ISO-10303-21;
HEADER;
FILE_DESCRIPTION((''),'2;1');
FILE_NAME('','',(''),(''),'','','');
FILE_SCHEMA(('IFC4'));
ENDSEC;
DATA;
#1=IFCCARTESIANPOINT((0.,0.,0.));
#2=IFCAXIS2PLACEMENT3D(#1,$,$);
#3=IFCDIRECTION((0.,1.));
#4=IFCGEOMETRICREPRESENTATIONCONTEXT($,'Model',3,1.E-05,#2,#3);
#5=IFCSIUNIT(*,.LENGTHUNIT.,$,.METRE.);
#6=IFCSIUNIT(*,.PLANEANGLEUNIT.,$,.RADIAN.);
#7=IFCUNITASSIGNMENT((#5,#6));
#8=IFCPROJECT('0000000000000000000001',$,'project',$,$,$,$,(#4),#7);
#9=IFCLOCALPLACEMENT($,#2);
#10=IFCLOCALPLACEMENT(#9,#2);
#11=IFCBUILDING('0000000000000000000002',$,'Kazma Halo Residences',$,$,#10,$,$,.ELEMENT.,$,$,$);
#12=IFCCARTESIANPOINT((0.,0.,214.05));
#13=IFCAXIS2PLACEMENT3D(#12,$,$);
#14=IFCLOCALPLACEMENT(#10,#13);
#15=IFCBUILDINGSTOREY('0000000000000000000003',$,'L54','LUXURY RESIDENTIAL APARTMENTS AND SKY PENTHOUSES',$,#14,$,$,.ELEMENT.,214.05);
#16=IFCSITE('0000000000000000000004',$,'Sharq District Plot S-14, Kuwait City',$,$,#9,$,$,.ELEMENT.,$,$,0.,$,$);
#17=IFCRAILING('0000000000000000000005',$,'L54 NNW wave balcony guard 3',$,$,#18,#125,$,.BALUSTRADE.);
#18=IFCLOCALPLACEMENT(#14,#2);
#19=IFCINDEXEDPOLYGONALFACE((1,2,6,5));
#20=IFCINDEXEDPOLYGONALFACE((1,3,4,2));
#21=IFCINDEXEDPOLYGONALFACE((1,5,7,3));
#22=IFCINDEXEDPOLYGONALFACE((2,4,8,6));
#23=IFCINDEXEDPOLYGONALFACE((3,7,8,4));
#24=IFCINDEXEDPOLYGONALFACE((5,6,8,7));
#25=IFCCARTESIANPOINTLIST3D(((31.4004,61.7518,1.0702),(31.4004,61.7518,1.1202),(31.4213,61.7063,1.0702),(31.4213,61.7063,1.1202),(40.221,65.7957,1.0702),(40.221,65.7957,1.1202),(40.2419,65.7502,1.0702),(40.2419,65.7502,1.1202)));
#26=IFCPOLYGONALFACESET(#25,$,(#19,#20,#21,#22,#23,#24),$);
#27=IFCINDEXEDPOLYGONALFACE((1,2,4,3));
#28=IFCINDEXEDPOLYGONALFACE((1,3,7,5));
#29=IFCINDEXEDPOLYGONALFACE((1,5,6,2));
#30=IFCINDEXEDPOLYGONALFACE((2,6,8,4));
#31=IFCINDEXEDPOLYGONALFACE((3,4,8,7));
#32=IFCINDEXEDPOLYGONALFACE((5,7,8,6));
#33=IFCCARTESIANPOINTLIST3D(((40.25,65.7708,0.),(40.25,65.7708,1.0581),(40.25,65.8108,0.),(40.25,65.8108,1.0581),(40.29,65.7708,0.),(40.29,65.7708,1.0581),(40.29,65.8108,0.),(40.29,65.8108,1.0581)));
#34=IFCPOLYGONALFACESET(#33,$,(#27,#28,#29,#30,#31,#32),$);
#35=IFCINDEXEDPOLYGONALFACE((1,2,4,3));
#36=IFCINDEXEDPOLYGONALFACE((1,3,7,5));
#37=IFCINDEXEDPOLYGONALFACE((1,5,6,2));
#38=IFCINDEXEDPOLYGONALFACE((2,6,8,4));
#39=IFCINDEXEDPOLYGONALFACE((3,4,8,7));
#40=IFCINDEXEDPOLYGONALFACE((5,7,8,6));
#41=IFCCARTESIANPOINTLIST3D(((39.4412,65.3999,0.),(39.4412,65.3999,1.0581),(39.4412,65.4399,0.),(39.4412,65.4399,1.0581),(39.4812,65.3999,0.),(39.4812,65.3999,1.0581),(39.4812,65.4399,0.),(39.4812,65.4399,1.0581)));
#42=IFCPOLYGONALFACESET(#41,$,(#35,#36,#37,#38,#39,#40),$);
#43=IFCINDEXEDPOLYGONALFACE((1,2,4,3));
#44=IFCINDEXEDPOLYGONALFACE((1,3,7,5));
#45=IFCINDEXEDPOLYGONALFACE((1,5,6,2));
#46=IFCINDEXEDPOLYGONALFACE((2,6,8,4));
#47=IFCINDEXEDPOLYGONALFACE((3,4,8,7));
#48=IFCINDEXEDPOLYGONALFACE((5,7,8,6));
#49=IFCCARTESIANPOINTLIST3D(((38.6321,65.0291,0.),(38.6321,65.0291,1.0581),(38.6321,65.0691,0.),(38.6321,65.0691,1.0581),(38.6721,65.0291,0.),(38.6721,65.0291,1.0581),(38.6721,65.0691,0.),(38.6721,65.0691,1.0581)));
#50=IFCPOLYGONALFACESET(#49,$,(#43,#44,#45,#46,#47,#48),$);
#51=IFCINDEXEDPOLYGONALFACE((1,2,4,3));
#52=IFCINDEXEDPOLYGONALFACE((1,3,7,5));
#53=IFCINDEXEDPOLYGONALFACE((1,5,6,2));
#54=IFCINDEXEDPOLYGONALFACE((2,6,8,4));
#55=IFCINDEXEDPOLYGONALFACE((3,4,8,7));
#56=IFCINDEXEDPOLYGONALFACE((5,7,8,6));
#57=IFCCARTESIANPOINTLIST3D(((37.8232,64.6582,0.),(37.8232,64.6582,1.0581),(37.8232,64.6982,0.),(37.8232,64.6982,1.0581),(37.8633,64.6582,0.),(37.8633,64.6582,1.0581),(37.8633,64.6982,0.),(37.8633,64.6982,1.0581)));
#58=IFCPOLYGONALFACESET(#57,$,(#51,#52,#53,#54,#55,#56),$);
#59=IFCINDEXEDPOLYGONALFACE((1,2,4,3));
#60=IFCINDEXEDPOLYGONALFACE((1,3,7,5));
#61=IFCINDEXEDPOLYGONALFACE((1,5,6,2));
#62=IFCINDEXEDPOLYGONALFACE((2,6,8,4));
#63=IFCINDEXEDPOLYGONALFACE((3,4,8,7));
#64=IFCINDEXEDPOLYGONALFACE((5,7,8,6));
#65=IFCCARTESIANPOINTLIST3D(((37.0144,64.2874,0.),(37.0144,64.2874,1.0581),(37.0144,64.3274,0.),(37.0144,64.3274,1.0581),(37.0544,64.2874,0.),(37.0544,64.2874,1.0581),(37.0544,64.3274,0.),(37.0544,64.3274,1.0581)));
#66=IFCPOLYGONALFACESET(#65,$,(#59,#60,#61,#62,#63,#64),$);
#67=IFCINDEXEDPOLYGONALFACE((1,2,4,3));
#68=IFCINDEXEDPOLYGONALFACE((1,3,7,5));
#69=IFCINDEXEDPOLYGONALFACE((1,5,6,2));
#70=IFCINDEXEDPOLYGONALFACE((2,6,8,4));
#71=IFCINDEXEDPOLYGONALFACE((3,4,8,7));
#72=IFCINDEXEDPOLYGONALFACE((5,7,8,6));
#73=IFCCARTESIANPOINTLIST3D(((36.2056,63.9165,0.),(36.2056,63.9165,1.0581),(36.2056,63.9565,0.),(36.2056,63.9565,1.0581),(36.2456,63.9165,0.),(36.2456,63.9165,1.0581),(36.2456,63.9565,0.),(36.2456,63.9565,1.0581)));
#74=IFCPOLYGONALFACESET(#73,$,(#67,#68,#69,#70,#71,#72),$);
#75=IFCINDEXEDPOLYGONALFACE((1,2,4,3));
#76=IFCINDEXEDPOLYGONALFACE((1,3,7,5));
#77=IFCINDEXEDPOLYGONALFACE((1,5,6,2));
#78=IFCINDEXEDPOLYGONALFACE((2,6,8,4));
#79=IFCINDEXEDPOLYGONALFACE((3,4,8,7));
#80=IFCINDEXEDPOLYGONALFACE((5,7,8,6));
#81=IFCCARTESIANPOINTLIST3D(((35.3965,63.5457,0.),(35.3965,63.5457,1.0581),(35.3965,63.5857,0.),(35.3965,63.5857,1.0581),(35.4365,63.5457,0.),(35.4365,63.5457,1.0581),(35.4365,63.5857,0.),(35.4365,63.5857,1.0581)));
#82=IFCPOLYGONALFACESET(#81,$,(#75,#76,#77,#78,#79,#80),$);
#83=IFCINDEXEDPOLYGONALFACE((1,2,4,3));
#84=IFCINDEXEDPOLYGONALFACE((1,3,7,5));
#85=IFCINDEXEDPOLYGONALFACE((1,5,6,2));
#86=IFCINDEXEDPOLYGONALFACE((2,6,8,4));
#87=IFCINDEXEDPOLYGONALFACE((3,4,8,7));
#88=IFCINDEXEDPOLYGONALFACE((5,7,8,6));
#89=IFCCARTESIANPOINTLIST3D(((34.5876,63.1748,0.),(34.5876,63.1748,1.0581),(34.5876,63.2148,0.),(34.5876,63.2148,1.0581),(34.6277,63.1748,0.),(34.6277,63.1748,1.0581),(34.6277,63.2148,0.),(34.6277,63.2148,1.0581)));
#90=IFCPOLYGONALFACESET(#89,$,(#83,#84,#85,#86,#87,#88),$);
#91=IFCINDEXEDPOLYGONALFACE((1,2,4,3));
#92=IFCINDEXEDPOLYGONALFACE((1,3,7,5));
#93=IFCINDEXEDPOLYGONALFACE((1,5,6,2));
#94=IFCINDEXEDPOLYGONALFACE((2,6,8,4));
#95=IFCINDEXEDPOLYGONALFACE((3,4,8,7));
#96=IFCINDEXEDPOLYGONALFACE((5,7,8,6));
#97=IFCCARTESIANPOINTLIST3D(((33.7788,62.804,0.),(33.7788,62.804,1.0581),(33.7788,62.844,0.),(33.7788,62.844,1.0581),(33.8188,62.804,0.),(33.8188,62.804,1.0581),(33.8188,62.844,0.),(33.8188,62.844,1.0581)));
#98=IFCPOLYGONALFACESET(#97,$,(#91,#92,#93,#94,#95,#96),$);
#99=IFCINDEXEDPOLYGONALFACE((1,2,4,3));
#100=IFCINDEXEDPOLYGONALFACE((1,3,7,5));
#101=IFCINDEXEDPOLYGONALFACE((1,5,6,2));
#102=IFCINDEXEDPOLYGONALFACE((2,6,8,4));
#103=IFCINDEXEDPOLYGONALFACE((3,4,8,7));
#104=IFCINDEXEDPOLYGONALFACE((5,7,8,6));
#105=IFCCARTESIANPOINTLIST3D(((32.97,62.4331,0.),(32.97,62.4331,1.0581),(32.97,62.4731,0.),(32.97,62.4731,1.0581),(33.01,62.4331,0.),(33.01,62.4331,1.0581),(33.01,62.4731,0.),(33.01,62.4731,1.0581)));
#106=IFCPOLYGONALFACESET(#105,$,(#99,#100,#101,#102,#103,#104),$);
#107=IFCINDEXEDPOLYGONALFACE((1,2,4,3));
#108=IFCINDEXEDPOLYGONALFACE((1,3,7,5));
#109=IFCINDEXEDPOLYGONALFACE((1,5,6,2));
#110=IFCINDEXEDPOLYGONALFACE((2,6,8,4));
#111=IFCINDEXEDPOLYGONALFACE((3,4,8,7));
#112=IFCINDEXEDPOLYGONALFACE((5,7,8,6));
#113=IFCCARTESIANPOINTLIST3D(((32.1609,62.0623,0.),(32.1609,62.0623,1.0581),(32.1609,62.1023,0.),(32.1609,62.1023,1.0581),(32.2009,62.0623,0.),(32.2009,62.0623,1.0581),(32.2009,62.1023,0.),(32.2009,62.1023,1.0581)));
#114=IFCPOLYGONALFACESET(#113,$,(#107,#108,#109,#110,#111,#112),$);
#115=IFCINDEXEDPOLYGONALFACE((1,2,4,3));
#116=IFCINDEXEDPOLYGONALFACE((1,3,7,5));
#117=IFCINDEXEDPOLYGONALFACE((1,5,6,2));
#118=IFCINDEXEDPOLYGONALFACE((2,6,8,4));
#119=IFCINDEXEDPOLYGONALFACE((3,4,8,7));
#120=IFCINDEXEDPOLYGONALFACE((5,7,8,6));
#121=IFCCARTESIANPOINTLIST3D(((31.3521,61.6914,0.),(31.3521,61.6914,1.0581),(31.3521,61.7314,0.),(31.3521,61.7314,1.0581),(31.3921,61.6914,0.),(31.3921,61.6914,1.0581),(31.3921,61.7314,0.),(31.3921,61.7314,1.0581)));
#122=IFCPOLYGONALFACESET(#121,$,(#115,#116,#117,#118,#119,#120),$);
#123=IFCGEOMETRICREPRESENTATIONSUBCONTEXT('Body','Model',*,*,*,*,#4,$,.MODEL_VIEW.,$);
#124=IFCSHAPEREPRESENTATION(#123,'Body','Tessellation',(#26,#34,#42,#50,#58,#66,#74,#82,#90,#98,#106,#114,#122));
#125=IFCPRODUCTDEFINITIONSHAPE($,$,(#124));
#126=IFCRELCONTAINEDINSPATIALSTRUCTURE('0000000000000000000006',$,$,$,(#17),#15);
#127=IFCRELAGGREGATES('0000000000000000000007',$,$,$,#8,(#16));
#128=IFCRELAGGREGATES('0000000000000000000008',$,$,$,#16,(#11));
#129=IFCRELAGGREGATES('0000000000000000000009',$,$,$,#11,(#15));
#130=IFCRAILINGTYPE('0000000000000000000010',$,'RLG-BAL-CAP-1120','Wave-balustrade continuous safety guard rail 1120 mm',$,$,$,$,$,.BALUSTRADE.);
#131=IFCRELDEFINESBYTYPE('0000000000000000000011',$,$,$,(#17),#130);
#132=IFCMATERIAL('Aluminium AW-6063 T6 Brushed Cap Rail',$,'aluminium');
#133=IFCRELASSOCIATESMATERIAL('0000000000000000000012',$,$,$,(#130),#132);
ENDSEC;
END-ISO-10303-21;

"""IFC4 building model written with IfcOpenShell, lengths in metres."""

from ifc_helpers import new_model, si_unit, direction, frame, origin, origin_2d, place, context, subcontext, project, spatial, rectangle, extrude, material, type_object, element, save


model = new_model("IFC4")

# Units and contexts
model_context = context("Model", 3, precision=1e-05, world=origin(), true_north=direction((0.0, 1.0)))
body_context = subcontext(model_context, "Body", "Model", "MODEL_VIEW")
ifc_project = project(units=[si_unit("LENGTHUNIT", "METRE"), si_unit("PLANEANGLEUNIT", "RADIAN")], contexts=[model_context])

# Site, building, storey
site_placement = place(None, origin())
site = spatial("IfcSite", under=ifc_project, at=site_placement, Name="Sharq District Plot S-14, Kuwait City", CompositionType="ELEMENT", RefElevation=0.0)
building_placement = place(site_placement, origin())
building = spatial("IfcBuilding", under=site, at=building_placement, Name="Kazma Halo Residences", CompositionType="ELEMENT")
storey_placement = place(building_placement, frame((0.0, 0.0, 214.05)))
storey = spatial("IfcBuildingStorey", under=building, at=storey_placement, Name="L54", Description="LUXURY RESIDENTIAL APARTMENTS AND SKY PENTHOUSES", CompositionType="ELEMENT", Elevation=214.05)

# Railing
ifc_material_1 = material(Name="Aluminium AW-6063 T6 Brushed Cap Rail", Category="aluminium")
railing_type = type_object("IfcRailingType", Name="RLG-BAL-CAP-1120", Description="Wave-balustrade continuous safety guard rail 1120 mm", PredefinedType="BALUSTRADE", material=ifc_material_1)
railing_placement = place(storey_placement, frame((40.27, 65.7908, 0.0)))
element("IfcRailing", 1, at=railing_placement, inside=storey, type_object=railing_type, Name="L54 NNW wave balcony guard 3", PredefinedType="BALUSTRADE", context=body_context, shape_type="SweptSolid", body=[
    extrude(rectangle(XDim=0.05, YDim=0.05, at=origin_2d()), frame((-0.0386, -0.0178, 1.0952), z_axis=(-0.909022, -0.416749, 0.0), x_axis=(0.416749, -0.909022, 0.0)), (0.0, 0.0, 1.0), 9.7034),
    extrude(rectangle(XDim=0.04, YDim=0.04, at=origin_2d()), origin(), (0.0, 0.0, 1.0), 1.0581),
    extrude(rectangle(XDim=0.04, YDim=0.04, at=origin_2d()), frame((-0.8088, -0.3708, 0.0)), (0.0, 0.0, 1.0), 1.0581),
    extrude(rectangle(XDim=0.04, YDim=0.04, at=origin_2d()), frame((-1.6179, -0.7417, 0.0)), (0.0, 0.0, 1.0), 1.0581),
    extrude(rectangle(XDim=0.04, YDim=0.04, at=origin_2d()), frame((-2.4268, -1.1125, 0.0)), (0.0, 0.0, 1.0), 1.0581),
    extrude(rectangle(XDim=0.04, YDim=0.04, at=origin_2d()), frame((-3.2356, -1.4834, 0.0)), (0.0, 0.0, 1.0), 1.0581),
    extrude(rectangle(XDim=0.04, YDim=0.04, at=origin_2d()), frame((-4.0444, -1.8542, 0.0)), (0.0, 0.0, 1.0), 1.0581),
    extrude(rectangle(XDim=0.04, YDim=0.04, at=origin_2d()), frame((-4.8535, -2.2251, 0.0)), (0.0, 0.0, 1.0), 1.0581),
    extrude(rectangle(XDim=0.04, YDim=0.04, at=origin_2d()), frame((-5.6624, -2.5959, 0.0)), (0.0, 0.0, 1.0), 1.0581),
    extrude(rectangle(XDim=0.04, YDim=0.04, at=origin_2d()), frame((-6.4712, -2.9668, 0.0)), (0.0, 0.0, 1.0), 1.0581),
    extrude(rectangle(XDim=0.04, YDim=0.04, at=origin_2d()), frame((-7.28, -3.3376, 0.0)), (0.0, 0.0, 1.0), 1.0581),
    extrude(rectangle(XDim=0.04, YDim=0.04, at=origin_2d()), frame((-8.0891, -3.7085, 0.0)), (0.0, 0.0, 1.0), 1.0581),
    extrude(rectangle(XDim=0.04, YDim=0.04, at=origin_2d()), frame((-8.8979, -4.0793, 0.0)), (0.0, 0.0, 1.0), 1.0581),
])

save(model, "model.ifc")
